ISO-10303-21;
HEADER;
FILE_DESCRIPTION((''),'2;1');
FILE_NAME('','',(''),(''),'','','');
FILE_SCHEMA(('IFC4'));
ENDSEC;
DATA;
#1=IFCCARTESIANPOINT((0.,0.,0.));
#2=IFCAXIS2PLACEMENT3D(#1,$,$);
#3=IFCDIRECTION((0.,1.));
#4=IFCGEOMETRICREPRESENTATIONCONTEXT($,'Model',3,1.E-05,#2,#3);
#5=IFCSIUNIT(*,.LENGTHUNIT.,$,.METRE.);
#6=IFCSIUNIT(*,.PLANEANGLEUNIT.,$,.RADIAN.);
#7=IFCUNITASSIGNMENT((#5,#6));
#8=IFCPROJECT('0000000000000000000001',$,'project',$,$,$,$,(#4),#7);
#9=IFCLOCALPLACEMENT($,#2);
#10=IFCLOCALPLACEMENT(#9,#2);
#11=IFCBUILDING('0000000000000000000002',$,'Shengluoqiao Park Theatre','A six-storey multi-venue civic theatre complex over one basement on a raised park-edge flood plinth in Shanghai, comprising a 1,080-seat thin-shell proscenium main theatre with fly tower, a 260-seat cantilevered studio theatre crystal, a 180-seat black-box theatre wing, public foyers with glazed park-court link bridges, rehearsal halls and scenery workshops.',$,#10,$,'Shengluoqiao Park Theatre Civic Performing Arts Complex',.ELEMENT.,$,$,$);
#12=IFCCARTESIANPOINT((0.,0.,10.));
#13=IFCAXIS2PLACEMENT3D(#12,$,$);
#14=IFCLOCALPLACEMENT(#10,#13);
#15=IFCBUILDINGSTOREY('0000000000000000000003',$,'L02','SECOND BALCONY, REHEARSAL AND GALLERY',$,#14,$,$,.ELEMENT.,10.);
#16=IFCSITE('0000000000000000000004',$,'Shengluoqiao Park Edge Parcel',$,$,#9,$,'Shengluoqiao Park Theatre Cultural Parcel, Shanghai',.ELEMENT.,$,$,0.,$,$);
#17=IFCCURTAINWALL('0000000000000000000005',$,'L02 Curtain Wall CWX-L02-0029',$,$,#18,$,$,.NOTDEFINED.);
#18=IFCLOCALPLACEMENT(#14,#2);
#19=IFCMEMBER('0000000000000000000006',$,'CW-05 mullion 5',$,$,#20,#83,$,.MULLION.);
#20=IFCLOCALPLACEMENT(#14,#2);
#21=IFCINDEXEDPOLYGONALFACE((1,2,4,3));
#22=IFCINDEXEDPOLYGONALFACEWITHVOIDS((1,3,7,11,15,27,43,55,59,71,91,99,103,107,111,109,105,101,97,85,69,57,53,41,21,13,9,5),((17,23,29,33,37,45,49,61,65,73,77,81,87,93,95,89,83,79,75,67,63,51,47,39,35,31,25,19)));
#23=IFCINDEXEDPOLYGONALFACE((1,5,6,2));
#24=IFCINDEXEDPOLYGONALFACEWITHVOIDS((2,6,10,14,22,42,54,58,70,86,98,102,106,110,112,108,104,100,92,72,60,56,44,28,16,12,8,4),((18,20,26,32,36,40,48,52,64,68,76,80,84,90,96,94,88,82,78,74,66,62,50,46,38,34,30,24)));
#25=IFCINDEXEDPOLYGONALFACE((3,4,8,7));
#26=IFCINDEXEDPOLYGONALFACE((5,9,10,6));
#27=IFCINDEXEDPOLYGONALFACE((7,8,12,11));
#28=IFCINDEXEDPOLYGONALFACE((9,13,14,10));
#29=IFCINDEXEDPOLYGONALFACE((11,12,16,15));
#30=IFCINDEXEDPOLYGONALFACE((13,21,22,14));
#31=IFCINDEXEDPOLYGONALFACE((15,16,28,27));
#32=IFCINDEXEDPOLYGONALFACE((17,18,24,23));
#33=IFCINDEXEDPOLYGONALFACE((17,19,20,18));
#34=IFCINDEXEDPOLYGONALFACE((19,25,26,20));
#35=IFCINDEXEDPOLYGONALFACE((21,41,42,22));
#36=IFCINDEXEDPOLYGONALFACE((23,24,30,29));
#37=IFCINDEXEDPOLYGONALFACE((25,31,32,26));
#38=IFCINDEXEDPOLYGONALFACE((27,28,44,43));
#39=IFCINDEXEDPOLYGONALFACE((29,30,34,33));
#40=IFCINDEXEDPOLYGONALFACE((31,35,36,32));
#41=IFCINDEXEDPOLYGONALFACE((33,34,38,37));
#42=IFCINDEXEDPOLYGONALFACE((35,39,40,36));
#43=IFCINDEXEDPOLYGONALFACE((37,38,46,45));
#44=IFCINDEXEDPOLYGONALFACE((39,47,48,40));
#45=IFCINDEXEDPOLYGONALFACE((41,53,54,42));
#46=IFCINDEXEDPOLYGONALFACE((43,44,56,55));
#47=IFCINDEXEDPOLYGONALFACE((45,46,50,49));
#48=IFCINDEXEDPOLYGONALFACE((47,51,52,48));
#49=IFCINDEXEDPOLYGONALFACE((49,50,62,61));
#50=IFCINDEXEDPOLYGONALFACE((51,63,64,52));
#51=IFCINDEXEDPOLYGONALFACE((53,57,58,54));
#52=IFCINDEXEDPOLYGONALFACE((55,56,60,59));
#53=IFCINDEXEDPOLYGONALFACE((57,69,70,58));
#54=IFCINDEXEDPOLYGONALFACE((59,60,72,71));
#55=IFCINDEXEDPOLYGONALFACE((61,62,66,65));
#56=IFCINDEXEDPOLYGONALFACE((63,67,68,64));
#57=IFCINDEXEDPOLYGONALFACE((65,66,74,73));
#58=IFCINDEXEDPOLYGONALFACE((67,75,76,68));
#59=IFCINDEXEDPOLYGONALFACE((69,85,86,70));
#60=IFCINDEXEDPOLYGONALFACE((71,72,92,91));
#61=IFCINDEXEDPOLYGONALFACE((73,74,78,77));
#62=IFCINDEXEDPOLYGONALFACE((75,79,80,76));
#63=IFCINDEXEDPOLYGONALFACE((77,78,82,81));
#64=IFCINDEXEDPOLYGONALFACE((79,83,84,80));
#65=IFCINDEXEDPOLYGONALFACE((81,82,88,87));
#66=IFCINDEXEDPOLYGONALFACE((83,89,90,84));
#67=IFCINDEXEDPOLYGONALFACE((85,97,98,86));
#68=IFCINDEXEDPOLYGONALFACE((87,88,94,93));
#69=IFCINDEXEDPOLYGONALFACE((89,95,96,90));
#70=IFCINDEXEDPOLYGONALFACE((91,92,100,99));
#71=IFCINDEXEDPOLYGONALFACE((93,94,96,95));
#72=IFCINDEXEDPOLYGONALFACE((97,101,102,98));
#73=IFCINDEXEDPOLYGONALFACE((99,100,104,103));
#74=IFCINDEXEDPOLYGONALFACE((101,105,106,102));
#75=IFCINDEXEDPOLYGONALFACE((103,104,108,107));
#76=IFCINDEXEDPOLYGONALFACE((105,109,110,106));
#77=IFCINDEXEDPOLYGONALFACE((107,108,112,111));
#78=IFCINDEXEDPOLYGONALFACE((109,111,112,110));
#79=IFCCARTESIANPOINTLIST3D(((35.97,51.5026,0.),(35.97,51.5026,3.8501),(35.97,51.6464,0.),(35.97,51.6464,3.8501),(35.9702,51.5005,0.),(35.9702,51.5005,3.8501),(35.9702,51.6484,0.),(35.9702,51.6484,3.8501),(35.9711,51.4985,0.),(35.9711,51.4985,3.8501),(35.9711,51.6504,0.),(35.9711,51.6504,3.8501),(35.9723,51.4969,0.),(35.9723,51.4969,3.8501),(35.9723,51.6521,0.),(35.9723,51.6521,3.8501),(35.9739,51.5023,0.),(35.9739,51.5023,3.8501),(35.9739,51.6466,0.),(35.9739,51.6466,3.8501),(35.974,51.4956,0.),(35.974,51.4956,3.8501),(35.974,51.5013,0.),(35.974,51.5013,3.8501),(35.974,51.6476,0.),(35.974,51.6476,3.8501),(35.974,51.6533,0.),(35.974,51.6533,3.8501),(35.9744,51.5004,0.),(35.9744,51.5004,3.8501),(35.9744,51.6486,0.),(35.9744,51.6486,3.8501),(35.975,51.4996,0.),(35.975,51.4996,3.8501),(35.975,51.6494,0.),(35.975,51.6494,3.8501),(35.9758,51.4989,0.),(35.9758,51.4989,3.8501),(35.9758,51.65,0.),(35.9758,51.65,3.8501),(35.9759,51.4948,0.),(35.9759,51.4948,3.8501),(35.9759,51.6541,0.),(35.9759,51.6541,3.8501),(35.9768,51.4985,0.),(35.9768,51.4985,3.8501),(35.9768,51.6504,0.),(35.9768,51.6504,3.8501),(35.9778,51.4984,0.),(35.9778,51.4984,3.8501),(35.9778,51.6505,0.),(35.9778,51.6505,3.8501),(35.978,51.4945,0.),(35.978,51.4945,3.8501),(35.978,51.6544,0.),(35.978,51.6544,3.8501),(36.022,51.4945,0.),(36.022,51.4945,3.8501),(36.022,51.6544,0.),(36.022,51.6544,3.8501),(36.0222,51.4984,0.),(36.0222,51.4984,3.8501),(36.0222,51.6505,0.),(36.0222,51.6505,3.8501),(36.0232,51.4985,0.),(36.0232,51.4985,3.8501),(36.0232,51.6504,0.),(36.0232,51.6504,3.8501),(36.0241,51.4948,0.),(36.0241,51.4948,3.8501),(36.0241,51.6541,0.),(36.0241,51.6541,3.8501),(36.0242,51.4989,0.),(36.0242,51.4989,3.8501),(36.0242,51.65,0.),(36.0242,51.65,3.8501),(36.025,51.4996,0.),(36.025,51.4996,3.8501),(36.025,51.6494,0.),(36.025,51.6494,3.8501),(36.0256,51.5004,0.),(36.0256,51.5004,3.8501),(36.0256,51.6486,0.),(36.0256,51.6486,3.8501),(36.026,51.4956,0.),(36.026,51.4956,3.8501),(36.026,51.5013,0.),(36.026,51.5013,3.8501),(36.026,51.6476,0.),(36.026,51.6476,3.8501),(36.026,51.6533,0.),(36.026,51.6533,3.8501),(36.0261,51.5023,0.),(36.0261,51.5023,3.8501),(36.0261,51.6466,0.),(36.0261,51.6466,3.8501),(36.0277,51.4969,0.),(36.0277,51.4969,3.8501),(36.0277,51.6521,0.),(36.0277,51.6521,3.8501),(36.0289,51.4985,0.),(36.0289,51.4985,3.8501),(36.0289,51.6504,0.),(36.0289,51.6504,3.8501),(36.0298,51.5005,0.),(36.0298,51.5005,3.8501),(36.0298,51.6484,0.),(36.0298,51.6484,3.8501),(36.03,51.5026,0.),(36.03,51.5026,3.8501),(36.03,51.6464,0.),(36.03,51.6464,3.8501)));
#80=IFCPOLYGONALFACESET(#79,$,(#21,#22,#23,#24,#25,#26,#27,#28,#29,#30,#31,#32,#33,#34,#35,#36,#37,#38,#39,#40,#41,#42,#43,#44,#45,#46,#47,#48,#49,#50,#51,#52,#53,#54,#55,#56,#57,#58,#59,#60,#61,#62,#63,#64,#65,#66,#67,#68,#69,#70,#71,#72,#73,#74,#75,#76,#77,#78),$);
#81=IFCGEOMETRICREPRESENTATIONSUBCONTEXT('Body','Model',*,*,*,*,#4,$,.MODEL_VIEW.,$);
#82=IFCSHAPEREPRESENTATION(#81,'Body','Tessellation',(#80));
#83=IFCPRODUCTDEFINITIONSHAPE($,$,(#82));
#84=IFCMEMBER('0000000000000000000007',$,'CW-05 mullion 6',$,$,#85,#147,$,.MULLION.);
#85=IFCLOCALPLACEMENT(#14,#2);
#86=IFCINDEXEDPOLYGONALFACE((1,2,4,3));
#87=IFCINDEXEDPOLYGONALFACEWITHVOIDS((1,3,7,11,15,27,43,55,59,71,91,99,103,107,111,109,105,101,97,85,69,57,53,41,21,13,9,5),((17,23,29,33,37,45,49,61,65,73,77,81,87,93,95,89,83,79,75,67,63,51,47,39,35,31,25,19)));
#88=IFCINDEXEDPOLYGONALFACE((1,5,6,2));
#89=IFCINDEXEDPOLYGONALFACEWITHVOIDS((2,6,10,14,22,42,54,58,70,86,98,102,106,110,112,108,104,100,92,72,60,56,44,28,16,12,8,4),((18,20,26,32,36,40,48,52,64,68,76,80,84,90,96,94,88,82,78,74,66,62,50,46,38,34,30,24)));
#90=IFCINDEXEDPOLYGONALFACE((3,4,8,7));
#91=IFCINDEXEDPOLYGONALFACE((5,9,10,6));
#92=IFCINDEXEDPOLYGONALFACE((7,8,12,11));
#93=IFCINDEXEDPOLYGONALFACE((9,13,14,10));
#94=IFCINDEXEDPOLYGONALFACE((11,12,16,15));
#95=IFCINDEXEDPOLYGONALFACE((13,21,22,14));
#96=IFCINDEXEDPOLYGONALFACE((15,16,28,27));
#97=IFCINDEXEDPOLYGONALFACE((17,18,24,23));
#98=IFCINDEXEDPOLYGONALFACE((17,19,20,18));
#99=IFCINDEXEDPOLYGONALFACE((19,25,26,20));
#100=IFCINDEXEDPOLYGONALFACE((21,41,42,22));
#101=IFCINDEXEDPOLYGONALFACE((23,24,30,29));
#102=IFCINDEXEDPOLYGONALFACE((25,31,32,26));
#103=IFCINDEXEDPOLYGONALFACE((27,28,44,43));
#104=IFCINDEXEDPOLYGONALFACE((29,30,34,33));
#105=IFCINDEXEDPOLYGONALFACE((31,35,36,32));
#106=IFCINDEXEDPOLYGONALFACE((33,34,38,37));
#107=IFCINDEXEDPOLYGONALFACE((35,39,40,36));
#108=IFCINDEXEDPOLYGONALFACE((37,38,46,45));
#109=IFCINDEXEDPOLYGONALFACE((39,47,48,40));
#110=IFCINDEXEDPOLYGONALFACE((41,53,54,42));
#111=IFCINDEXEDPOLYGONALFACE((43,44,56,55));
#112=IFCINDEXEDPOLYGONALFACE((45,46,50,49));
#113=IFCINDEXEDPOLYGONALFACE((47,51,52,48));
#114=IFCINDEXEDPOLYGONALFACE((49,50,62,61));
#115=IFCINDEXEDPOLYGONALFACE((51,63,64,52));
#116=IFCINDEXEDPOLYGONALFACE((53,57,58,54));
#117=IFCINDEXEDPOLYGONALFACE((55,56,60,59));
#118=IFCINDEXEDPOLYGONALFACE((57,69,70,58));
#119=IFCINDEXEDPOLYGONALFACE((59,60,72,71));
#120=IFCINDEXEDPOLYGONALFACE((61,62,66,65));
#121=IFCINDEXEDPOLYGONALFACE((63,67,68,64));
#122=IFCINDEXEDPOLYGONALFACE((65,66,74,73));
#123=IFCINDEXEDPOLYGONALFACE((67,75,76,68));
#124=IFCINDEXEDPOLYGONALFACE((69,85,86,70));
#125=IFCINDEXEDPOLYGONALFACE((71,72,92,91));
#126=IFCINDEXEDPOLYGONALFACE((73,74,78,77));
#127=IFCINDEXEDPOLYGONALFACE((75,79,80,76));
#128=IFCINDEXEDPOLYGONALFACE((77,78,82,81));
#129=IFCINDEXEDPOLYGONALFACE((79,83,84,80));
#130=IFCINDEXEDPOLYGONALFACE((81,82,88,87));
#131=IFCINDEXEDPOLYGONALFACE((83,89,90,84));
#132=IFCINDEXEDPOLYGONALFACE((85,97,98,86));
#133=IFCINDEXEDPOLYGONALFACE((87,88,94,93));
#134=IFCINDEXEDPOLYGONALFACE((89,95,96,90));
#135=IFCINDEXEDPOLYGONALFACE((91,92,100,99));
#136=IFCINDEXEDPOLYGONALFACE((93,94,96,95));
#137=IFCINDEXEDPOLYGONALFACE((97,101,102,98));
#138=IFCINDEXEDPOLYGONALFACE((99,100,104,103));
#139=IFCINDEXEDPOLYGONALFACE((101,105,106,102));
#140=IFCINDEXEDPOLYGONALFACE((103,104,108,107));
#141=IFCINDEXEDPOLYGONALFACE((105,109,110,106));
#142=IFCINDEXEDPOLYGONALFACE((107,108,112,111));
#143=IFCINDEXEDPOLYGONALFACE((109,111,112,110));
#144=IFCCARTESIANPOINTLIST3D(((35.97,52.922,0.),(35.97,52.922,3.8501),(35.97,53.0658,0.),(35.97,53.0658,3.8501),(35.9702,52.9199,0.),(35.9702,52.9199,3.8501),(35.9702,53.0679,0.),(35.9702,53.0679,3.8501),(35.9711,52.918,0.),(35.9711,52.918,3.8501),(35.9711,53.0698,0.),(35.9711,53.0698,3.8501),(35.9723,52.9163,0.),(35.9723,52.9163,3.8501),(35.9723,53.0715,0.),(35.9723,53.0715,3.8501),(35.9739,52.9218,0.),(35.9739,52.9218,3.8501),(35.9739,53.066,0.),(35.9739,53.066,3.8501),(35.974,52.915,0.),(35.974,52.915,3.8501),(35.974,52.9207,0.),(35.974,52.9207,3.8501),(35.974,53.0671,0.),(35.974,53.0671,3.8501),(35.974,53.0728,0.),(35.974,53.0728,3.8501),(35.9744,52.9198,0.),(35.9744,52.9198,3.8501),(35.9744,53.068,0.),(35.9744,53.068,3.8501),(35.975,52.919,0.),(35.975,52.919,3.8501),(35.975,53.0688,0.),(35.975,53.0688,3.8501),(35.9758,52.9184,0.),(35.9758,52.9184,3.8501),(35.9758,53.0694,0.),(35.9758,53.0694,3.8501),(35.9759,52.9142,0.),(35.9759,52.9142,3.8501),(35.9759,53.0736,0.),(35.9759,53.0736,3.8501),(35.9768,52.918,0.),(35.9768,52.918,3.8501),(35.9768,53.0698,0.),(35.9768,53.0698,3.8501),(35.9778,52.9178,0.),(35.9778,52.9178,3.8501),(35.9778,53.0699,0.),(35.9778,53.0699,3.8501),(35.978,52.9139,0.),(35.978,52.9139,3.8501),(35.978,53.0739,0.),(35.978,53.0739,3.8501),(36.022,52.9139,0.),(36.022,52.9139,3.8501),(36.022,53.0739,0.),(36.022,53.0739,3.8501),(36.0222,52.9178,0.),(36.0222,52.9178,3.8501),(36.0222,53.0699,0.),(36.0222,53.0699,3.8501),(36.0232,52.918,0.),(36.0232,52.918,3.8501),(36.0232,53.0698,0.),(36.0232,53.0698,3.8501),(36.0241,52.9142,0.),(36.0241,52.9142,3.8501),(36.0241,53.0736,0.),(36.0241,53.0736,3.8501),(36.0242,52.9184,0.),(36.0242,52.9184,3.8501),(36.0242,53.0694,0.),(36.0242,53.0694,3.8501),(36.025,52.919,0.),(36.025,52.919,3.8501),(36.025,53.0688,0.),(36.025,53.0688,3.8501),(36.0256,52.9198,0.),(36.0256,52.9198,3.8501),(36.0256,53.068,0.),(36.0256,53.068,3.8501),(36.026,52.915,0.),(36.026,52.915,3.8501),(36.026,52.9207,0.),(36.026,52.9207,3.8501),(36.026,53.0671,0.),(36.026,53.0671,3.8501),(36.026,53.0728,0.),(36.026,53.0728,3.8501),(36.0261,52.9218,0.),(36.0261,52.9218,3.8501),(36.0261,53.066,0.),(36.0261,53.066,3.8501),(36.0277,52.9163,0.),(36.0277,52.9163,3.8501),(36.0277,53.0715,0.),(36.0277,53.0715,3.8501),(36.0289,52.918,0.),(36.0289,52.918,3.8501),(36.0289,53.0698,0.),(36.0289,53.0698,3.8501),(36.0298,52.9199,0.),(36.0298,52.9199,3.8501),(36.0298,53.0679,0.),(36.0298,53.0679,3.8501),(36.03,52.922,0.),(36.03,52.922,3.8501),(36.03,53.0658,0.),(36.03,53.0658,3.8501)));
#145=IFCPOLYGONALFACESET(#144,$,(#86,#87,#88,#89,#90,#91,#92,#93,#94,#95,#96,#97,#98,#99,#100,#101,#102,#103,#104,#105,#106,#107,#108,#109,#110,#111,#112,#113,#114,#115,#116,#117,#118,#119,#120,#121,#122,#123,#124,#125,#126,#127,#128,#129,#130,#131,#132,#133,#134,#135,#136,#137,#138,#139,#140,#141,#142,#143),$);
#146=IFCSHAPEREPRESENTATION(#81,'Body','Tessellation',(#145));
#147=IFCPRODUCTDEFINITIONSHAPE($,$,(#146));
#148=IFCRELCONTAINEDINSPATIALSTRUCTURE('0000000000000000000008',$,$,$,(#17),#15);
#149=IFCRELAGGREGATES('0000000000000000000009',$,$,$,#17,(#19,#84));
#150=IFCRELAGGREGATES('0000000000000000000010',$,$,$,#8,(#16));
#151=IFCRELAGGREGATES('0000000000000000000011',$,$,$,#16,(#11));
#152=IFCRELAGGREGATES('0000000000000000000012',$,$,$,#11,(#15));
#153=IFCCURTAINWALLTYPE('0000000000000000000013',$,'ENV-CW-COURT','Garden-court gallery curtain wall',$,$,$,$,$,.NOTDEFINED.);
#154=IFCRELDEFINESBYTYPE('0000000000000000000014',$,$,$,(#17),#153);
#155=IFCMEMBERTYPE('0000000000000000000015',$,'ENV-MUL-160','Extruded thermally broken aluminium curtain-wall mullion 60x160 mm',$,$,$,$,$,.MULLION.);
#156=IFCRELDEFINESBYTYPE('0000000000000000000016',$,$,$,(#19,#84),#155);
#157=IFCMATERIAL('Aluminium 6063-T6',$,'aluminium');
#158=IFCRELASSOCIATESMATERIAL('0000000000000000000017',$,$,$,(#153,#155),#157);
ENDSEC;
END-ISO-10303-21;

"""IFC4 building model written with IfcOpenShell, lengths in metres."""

from ifc_helpers import new_model, si_unit, direction, frame, origin, origin_2d, place, context, subcontext, project, spatial, hollow_rectangle, extrude, material, material_profile, profile_set, type_object, element, aggregate, save


model = new_model("IFC4")

# Units and contexts
model_context = context("Model", 3, precision=1e-05, world=origin(), true_north=direction((0.0, 1.0)))
body_context = subcontext(model_context, "Body", "Model", "MODEL_VIEW")
ifc_project = project(units=[si_unit("LENGTHUNIT", "METRE"), si_unit("PLANEANGLEUNIT", "RADIAN")], contexts=[model_context])

# Site, building, storey
site_placement = place(None, origin())
site = spatial("IfcSite", under=ifc_project, at=site_placement, Name="Shengluoqiao Park Edge Parcel", LongName="Shengluoqiao Park Theatre Cultural Parcel, Shanghai", CompositionType="ELEMENT", RefElevation=0.0)
building_placement = place(site_placement, origin())
building = spatial("IfcBuilding", under=site, at=building_placement, Name="Shengluoqiao Park Theatre", Description="A six-storey multi-venue civic theatre complex over one basement on a raised park-edge flood plinth in Shanghai, comprising a 1,080-seat thin-shell proscenium main theatre with fly tower, a 260-seat cantilevered studio theatre crystal, a 180-seat black-box theatre wing, public foyers with glazed park-court link bridges, rehearsal halls and scenery workshops.", LongName="Shengluoqiao Park Theatre Civic Performing Arts Complex", CompositionType="ELEMENT")
storey_placement = place(building_placement, frame((0.0, 0.0, 10.0)))
storey = spatial("IfcBuildingStorey", under=building, at=storey_placement, Name="L02", Description="SECOND BALCONY, REHEARSAL AND GALLERY", CompositionType="ELEMENT", Elevation=10.0)

# Curtain wall, members
ifc_material_1 = material(Name="Aluminium 6063-T6", Category="aluminium")
curtain_wall_type = type_object("IfcCurtainWallType", Name="ENV-CW-COURT", Description="Garden-court gallery curtain wall", PredefinedType="NOTDEFINED", material=ifc_material_1)
curtain_wall_placement = place(storey_placement, origin())
curtain_wall = element("IfcCurtainWall", 1, at=curtain_wall_placement, inside=storey, type_object=curtain_wall_type, Name="L02 Curtain Wall CWX-L02-0029", PredefinedType="NOTDEFINED")
ifc_material_profile_1 = material_profile(ifc_material_1, hollow_rectangle(XDim=0.0601, YDim=0.1599, WallThickness=0.0039, InnerFilletRadius=0.0039, OuterFilletRadius=0.0081, at=origin_2d()), Name="ALU MULLION 160x60x4")
ifc_profile_set_1 = profile_set([ifc_material_profile_1], Name="Aluminium 6063-T6")
member_type_1 = type_object("IfcMemberType", Name="ENV-MUL-160", Description="Extruded thermally broken aluminium curtain-wall mullion 60x160 mm", PredefinedType="MULLION", material=ifc_profile_set_1)
member_1_placement = place(storey_placement, frame((36.0, 51.5745, 0.0), z_axis=(0.0, 0.0, 1.0), x_axis=(-1.0, 0.0, 0.0)))
member_1 = element("IfcMember", 2, at=member_1_placement, type_object=member_type_1, Name="CW-05 mullion 5", PredefinedType="MULLION", context=body_context, shape_type="SweptSolid", body=[
    extrude(hollow_rectangle(XDim=0.0601, YDim=0.1599, WallThickness=0.0039, InnerFilletRadius=0.0039, OuterFilletRadius=0.0081, at=origin_2d()), origin(), (0.0, 0.0, 1.0), 3.8501),
])
member_2_placement = place(storey_placement, frame((36.0, 52.9939, 0.0), z_axis=(0.0, 0.0, 1.0), x_axis=(-1.0, 0.0, 0.0)))
member_2 = element("IfcMember", 3, at=member_2_placement, type_object=member_type_1, Name="CW-05 mullion 6", PredefinedType="MULLION", context=body_context, shape_type="SweptSolid", body=[
    extrude(hollow_rectangle(XDim=0.0601, YDim=0.1599, WallThickness=0.0039, InnerFilletRadius=0.0039, OuterFilletRadius=0.0081, at=origin_2d()), origin(), (0.0, 0.0, 1.0), 3.8501),
])
aggregate(curtain_wall, [member_1, member_2])

save(model, "model.ifc")
